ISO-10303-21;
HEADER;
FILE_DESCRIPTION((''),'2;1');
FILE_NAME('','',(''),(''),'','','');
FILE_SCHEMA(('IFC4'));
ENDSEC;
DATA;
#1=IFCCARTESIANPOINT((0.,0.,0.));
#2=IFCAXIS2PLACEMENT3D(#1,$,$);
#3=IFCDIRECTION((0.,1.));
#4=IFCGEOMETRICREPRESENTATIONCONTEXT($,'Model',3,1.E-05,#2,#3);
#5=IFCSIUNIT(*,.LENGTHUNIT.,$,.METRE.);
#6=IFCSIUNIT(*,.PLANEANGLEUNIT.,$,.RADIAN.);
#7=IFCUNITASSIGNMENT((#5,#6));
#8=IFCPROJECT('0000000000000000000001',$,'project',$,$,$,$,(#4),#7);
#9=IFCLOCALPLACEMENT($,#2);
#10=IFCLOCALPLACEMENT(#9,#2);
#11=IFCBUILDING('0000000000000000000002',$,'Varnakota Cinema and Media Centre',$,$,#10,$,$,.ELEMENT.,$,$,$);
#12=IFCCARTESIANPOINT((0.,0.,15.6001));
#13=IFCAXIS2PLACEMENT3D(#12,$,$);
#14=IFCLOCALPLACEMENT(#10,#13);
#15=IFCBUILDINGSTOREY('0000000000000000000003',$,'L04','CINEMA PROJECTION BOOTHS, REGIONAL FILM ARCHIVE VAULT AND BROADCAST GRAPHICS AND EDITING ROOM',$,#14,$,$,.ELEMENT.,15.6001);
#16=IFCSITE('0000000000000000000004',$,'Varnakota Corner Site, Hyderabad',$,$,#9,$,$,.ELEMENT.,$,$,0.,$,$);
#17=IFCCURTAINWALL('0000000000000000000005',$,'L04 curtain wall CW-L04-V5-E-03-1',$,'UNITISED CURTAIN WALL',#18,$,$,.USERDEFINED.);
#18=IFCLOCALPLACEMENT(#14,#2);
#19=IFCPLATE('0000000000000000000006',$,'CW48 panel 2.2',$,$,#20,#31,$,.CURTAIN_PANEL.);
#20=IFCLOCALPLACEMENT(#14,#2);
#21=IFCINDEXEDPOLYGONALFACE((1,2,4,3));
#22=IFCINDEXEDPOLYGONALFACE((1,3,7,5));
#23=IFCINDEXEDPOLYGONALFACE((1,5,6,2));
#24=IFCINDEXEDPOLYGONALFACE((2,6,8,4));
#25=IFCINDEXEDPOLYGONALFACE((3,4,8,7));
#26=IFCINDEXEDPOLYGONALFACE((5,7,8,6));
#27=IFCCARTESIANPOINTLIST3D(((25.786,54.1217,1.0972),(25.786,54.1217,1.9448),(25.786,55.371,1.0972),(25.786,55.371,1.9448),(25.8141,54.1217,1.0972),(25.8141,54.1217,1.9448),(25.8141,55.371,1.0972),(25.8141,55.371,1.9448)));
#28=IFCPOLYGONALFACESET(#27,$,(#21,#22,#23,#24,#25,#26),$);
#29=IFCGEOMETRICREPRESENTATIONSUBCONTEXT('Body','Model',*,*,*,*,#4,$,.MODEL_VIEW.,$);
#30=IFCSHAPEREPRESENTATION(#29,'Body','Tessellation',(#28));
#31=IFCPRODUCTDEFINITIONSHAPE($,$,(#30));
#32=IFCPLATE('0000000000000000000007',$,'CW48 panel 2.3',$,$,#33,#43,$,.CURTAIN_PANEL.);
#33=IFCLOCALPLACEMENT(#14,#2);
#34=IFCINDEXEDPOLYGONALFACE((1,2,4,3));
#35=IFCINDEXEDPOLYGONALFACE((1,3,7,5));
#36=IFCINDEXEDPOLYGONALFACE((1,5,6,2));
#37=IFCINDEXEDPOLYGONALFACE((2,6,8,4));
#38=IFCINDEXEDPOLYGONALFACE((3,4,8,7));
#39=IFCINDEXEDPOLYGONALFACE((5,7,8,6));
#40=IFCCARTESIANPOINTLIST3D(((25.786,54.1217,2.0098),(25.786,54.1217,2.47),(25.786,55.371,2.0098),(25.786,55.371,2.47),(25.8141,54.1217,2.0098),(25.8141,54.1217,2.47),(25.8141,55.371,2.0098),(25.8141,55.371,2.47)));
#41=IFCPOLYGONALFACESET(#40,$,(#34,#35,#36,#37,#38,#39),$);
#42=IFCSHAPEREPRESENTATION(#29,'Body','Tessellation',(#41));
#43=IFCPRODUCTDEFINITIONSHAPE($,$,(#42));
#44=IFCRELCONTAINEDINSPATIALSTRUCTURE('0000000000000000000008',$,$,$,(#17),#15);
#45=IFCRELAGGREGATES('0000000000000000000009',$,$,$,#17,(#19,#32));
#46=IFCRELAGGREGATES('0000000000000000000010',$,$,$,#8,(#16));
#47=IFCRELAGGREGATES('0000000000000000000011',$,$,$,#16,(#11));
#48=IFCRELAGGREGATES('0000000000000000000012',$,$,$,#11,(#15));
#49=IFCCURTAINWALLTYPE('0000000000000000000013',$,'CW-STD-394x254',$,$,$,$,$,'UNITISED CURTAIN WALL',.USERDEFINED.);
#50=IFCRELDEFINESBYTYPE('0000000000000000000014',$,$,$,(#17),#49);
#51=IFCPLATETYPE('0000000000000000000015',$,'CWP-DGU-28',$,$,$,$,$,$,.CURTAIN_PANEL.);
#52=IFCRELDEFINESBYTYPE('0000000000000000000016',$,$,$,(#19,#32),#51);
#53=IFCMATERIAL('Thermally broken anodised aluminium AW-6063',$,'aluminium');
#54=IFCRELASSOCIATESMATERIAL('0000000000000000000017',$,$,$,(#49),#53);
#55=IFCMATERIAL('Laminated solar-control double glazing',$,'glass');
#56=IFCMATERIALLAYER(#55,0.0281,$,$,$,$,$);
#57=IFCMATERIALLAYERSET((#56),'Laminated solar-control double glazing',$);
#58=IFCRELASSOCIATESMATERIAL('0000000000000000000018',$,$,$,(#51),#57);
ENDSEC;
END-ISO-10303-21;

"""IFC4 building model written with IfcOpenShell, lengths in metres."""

from ifc_helpers import new_model, si_unit, direction, frame, origin, origin_2d, place, context, subcontext, project, spatial, rectangle, extrude, material, layer, layer_set, type_object, element, aggregate, save


model = new_model("IFC4")

# Units and contexts
model_context = context("Model", 3, precision=1e-05, world=origin(), true_north=direction((0.0, 1.0)))
body_context = subcontext(model_context, "Body", "Model", "MODEL_VIEW")
ifc_project = project(units=[si_unit("LENGTHUNIT", "METRE"), si_unit("PLANEANGLEUNIT", "RADIAN")], contexts=[model_context])

# Site, building, storey
site_placement = place(None, origin())
site = spatial("IfcSite", under=ifc_project, at=site_placement, Name="Varnakota Corner Site, Hyderabad", CompositionType="ELEMENT", RefElevation=0.0)
building_placement = place(site_placement, origin())
building = spatial("IfcBuilding", under=site, at=building_placement, Name="Varnakota Cinema and Media Centre", CompositionType="ELEMENT")
storey_placement = place(building_placement, frame((0.0, 0.0, 15.6001)))
storey = spatial("IfcBuildingStorey", under=building, at=storey_placement, Name="L04", Description="CINEMA PROJECTION BOOTHS, REGIONAL FILM ARCHIVE VAULT AND BROADCAST GRAPHICS AND EDITING ROOM", CompositionType="ELEMENT", Elevation=15.6001)

# Curtain wall
ifc_material_1 = material(Name="Thermally broken anodised aluminium AW-6063", Category="aluminium")
curtain_wall_type_1 = type_object("IfcCurtainWallType", Name="CW-STD-394x254", ElementType="UNITISED CURTAIN WALL", PredefinedType="USERDEFINED", material=ifc_material_1)
curtain_wall_1_placement = place(storey_placement, origin())
curtain_wall_1 = element("IfcCurtainWall", 1, at=curtain_wall_1_placement, inside=storey, type_object=curtain_wall_type_1, Name="L04 curtain wall CW-L04-V5-E-03-1", ObjectType="UNITISED CURTAIN WALL", PredefinedType="USERDEFINED")

# Plates
ifc_material_2 = material(Name="Laminated solar-control double glazing", Category="glass")
ifc_layer = layer(ifc_material_2, 0.0281)
ifc_layer_set = layer_set([ifc_layer], Name="Laminated solar-control double glazing")
plate_type = type_object("IfcPlateType", Name="CWP-DGU-28", PredefinedType="CURTAIN_PANEL", material=ifc_layer_set)
plate_1_placement = place(storey_placement, frame((25.8, 54.7463, 1.0972), z_axis=(0.0, 0.0, 1.0), x_axis=(0.0, 1.0, 0.0)))
plate_1 = element("IfcPlate", 2, at=plate_1_placement, type_object=plate_type, Name="CW48 panel 2.2", PredefinedType="CURTAIN_PANEL", context=body_context, shape_type="SweptSolid", body=[
    extrude(rectangle(XDim=1.2493, YDim=0.0281, at=origin_2d()), origin(), (0.0, 0.0, 1.0), 0.8477),
])
plate_2_placement = place(storey_placement, frame((25.8, 54.7463, 2.0098), z_axis=(0.0, 0.0, 1.0), x_axis=(0.0, 1.0, 0.0)))
plate_2 = element("IfcPlate", 3, at=plate_2_placement, type_object=plate_type, Name="CW48 panel 2.3", PredefinedType="CURTAIN_PANEL", context=body_context, shape_type="SweptSolid", body=[
    extrude(rectangle(XDim=1.2493, YDim=0.0281, at=origin_2d()), origin(), (0.0, 0.0, 1.0), 0.4602),
])
aggregate(curtain_wall_1, [plate_1, plate_2])

save(model, "model.ifc")
